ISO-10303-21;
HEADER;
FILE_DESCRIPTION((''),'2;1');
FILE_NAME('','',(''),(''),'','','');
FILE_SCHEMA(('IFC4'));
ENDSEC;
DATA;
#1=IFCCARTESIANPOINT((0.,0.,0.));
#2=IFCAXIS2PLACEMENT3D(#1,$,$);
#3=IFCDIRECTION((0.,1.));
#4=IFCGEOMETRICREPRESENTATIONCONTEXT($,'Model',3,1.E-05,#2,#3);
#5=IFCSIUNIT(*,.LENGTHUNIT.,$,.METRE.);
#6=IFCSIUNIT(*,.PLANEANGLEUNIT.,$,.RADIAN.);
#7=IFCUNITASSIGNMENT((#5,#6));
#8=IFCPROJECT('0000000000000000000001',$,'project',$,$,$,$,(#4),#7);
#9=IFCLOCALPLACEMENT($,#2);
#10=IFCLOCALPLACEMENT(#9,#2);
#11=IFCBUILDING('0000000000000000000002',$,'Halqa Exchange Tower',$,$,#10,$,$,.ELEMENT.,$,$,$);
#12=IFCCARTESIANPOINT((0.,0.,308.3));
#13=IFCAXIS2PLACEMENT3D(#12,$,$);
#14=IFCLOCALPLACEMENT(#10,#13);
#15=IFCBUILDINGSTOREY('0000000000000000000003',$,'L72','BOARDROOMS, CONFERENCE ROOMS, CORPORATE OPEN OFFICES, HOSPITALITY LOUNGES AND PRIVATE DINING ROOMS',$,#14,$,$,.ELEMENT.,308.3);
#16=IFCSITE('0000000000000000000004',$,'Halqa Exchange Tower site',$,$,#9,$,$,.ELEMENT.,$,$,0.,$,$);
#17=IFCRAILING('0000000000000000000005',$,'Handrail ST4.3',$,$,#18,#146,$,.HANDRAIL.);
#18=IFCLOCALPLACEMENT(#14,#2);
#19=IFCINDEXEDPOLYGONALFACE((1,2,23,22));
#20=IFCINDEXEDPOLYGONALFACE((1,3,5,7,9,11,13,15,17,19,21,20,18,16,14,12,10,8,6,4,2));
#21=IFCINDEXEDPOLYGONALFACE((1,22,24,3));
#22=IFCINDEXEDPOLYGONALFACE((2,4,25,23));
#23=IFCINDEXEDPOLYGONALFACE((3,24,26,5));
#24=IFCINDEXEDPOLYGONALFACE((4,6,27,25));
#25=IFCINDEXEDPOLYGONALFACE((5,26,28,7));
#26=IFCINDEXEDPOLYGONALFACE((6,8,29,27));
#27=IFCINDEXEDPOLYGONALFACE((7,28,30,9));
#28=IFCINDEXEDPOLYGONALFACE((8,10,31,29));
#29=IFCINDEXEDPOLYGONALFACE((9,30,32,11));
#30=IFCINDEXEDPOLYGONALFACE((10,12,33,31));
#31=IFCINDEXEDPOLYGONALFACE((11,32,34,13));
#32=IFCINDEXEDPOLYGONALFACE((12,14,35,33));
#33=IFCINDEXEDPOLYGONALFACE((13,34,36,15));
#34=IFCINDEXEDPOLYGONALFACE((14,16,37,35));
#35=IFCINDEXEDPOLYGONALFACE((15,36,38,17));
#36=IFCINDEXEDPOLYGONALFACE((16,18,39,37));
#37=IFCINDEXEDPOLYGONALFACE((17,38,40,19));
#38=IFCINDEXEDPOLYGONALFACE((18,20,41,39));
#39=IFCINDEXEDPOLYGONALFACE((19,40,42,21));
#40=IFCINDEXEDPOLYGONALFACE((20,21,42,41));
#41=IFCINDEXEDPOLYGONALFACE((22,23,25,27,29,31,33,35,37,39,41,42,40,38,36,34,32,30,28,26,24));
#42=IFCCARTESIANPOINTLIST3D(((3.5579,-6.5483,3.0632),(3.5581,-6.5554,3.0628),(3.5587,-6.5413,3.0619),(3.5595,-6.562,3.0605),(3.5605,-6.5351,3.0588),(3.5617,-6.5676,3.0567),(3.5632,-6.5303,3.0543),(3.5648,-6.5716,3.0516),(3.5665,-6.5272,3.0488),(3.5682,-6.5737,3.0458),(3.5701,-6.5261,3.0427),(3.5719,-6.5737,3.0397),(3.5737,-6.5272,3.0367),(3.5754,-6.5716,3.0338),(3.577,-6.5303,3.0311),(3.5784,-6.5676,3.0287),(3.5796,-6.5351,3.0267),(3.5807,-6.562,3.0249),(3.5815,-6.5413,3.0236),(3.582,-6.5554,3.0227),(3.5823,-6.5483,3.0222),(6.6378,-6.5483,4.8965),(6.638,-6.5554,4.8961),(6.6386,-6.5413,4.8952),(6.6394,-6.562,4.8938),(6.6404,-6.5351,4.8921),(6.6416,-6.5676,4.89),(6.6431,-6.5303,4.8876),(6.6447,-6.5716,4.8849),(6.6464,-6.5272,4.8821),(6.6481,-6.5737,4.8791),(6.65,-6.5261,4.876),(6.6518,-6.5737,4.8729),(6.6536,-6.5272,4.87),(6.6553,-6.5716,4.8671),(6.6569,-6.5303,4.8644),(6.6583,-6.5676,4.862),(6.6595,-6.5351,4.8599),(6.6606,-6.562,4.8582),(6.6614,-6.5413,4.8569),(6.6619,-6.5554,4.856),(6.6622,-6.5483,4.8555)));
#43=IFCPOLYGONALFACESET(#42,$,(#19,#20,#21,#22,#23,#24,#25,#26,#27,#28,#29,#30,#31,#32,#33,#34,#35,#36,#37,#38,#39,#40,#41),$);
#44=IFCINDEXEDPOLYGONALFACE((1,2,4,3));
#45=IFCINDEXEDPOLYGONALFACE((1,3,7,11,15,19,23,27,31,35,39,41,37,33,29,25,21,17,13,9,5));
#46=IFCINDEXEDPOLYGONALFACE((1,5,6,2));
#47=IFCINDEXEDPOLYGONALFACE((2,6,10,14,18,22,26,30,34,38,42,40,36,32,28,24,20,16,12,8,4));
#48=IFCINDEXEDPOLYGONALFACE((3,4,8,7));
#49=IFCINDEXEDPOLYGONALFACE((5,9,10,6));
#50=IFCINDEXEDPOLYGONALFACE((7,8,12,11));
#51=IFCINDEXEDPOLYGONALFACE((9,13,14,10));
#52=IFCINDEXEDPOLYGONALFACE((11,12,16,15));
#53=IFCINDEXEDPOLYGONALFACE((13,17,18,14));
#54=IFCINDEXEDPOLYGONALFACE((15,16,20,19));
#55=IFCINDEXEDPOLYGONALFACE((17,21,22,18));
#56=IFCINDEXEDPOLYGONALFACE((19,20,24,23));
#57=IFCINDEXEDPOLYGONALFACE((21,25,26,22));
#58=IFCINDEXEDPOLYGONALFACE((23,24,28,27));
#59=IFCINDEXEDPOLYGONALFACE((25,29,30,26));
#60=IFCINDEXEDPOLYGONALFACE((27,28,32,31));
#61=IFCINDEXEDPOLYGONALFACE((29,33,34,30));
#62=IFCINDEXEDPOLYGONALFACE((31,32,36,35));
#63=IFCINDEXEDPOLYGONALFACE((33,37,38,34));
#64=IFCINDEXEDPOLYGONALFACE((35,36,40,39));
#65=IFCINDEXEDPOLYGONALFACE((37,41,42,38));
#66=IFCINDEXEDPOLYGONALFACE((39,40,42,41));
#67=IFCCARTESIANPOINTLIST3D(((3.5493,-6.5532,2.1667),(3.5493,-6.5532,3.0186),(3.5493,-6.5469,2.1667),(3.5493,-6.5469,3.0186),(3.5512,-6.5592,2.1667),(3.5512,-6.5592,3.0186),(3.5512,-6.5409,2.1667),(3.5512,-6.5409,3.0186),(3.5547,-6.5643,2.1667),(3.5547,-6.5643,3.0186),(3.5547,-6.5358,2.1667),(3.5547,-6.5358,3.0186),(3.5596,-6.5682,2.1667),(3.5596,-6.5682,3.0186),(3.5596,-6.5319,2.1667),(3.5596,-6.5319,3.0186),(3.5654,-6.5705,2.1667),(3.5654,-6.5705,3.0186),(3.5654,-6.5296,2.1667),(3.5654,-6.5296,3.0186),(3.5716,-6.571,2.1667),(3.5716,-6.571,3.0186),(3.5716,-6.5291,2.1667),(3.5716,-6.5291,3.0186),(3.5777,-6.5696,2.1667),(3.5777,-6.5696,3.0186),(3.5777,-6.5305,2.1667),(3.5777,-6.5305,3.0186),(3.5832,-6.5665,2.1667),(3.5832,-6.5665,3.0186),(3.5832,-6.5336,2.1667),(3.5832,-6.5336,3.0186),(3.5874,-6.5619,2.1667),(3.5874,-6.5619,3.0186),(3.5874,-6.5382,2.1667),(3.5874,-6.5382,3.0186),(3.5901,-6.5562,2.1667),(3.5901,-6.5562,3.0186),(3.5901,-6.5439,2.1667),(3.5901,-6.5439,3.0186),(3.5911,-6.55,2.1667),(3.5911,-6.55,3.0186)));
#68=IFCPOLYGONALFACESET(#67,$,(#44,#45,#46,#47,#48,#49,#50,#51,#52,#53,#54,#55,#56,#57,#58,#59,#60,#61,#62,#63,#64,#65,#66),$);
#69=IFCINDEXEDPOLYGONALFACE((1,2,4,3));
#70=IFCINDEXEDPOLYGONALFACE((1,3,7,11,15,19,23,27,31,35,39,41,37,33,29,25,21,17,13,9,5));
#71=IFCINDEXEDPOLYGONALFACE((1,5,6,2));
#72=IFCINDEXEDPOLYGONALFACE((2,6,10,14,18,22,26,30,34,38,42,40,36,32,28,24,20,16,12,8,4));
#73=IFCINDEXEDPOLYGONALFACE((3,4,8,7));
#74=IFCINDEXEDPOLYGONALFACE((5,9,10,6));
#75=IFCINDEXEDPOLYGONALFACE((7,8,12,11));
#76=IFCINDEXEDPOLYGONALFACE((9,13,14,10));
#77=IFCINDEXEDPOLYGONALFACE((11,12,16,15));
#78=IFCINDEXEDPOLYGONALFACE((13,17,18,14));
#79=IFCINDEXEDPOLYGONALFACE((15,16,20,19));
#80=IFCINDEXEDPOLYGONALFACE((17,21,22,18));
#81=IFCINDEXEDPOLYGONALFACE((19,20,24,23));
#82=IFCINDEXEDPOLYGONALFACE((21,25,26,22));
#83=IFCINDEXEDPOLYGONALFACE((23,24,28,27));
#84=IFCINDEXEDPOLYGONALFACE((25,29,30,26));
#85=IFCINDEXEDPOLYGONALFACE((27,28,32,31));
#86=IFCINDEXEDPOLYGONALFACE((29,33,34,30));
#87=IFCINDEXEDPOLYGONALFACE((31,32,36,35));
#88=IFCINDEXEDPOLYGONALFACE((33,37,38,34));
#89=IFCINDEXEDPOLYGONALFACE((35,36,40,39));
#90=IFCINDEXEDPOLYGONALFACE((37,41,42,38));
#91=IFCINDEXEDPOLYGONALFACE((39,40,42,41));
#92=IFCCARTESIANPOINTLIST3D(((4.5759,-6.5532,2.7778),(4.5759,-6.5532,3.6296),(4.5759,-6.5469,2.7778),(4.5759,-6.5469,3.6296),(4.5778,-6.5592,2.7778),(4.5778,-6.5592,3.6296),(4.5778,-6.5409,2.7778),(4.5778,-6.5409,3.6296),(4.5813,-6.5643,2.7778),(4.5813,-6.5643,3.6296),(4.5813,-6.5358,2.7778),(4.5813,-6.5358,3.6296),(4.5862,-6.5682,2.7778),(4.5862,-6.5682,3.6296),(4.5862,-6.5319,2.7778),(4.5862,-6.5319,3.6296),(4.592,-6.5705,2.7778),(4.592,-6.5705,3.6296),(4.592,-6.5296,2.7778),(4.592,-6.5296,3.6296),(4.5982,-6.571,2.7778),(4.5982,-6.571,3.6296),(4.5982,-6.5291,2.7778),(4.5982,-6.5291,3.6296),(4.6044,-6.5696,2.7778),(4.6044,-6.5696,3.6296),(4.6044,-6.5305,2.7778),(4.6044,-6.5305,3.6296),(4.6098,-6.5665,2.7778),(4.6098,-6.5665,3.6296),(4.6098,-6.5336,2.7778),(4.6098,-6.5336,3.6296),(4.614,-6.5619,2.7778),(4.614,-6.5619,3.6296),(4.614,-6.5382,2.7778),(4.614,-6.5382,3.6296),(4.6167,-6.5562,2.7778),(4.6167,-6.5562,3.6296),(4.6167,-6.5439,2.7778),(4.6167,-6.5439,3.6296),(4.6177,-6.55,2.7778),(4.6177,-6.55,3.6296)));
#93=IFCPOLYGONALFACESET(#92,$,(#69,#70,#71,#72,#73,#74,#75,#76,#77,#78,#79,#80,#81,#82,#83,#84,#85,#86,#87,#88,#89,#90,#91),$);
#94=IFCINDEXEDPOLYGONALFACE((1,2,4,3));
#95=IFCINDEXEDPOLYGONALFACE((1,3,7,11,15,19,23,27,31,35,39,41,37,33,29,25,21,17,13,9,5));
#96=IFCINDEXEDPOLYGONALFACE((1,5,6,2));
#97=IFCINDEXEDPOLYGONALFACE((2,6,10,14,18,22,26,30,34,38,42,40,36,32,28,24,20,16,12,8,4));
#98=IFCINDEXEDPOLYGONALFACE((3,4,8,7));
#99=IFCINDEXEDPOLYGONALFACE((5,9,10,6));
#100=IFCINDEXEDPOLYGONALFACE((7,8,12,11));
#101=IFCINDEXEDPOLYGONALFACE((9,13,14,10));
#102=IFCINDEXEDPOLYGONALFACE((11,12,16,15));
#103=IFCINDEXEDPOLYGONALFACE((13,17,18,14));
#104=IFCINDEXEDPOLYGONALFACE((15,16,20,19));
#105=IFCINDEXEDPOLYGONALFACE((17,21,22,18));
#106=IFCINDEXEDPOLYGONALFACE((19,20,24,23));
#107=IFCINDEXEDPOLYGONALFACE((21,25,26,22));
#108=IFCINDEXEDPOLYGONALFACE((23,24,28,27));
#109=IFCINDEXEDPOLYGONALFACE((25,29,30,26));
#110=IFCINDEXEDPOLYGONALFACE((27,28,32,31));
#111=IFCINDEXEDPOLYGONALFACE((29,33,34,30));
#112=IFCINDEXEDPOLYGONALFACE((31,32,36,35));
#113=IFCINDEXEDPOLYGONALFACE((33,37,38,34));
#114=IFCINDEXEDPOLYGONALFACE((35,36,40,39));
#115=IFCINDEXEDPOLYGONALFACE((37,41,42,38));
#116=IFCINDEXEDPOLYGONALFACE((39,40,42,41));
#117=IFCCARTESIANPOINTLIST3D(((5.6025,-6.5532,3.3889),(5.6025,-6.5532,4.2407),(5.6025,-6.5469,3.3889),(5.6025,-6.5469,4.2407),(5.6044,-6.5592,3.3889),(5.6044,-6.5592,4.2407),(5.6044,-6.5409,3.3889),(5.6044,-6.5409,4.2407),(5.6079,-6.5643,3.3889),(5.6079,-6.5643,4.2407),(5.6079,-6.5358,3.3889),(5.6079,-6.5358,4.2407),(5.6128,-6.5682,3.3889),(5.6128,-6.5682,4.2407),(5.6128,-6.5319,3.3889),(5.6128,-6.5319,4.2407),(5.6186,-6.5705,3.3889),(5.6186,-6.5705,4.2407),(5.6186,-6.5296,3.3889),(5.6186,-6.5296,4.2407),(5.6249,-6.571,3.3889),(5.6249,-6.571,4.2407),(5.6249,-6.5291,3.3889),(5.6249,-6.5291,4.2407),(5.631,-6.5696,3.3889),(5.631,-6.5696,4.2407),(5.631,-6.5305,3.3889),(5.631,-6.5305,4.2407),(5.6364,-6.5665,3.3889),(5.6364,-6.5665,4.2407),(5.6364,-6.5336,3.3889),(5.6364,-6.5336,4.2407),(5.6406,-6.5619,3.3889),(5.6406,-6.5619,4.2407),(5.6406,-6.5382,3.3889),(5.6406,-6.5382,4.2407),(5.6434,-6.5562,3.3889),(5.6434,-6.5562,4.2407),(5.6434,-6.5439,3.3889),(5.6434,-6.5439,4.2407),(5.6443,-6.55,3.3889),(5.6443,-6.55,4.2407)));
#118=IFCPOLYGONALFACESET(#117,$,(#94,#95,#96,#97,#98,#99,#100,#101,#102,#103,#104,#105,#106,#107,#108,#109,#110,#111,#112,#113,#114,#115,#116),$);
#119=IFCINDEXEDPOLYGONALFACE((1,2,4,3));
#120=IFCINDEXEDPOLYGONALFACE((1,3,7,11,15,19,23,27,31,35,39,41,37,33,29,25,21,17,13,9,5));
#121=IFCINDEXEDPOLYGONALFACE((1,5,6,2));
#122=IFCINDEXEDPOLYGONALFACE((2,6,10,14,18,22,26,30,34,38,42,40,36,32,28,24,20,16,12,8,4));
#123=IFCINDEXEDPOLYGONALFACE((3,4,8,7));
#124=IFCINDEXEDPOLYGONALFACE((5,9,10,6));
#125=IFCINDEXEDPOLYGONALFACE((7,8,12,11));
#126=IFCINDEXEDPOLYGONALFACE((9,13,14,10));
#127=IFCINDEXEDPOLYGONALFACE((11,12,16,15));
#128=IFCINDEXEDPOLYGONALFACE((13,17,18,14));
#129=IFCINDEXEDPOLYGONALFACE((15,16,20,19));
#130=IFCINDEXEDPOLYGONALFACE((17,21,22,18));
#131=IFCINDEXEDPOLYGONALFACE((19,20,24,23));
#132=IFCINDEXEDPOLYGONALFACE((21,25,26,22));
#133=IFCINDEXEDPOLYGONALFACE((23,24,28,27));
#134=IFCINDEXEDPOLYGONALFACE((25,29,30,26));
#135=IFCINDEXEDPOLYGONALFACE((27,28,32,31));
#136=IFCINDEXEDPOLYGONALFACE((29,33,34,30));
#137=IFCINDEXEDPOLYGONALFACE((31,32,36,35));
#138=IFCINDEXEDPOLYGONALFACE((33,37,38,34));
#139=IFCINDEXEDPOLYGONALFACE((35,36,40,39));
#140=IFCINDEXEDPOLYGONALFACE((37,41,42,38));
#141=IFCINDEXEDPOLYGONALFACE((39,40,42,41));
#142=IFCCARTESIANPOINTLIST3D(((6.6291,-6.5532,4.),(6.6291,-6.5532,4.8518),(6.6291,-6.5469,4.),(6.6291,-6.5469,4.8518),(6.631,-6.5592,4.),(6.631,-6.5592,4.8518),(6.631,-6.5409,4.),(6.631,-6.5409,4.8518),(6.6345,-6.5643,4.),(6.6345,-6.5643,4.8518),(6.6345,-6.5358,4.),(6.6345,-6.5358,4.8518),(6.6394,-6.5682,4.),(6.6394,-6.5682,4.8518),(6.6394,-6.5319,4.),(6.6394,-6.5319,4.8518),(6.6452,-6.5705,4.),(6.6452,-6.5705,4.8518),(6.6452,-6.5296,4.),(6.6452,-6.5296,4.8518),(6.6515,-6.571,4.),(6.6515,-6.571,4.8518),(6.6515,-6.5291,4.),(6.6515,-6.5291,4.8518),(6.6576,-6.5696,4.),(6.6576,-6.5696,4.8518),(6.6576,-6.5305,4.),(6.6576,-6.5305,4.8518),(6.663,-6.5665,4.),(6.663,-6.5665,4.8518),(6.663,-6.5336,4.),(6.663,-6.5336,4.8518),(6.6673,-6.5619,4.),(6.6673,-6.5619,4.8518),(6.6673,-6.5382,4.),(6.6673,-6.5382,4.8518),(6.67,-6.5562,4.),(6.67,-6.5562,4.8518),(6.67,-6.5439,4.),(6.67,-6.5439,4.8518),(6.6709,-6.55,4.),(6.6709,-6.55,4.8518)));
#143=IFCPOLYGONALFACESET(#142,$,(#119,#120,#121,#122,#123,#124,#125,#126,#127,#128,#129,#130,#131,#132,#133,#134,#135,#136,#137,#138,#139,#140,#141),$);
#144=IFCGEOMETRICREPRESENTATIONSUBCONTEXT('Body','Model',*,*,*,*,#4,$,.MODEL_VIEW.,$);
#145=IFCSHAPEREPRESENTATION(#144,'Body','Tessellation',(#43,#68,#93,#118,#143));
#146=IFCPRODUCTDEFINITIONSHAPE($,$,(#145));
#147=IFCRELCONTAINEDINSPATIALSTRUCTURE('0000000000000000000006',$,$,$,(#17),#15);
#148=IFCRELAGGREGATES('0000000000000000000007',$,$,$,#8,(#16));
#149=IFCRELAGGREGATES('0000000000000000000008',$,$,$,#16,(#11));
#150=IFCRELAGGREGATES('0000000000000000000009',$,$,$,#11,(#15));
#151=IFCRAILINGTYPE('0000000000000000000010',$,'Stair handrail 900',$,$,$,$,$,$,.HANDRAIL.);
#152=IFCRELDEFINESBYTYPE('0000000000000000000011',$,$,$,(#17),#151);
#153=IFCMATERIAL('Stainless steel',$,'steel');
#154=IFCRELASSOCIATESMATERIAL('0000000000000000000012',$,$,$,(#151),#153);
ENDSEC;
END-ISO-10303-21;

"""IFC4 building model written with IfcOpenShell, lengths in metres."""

from ifc_helpers import new_model, si_unit, direction, frame, origin, origin_2d, place, context, subcontext, project, spatial, circle, extrude, material, type_object, element, save


model = new_model("IFC4")

# Units and contexts
model_context = context("Model", 3, precision=1e-05, world=origin(), true_north=direction((0.0, 1.0)))
body_context = subcontext(model_context, "Body", "Model", "MODEL_VIEW")
ifc_project = project(units=[si_unit("LENGTHUNIT", "METRE"), si_unit("PLANEANGLEUNIT", "RADIAN")], contexts=[model_context])

# Site, building, storey
site_placement = place(None, origin())
site = spatial("IfcSite", under=ifc_project, at=site_placement, Name="Halqa Exchange Tower site", CompositionType="ELEMENT", RefElevation=0.0)
building_placement = place(site_placement, origin())
building = spatial("IfcBuilding", under=site, at=building_placement, Name="Halqa Exchange Tower", CompositionType="ELEMENT")
storey_placement = place(building_placement, frame((0.0, 0.0, 308.3)))
storey = spatial("IfcBuildingStorey", under=building, at=storey_placement, Name="L72", Description="BOARDROOMS, CONFERENCE ROOMS, CORPORATE OPEN OFFICES, HOSPITALITY LOUNGES AND PRIVATE DINING ROOMS", CompositionType="ELEMENT", Elevation=308.3)

# Railing
ifc_material_1 = material(Name="Stainless steel", Category="steel")
railing_type_1 = type_object("IfcRailingType", Name="Stair handrail 900", PredefinedType="HANDRAIL", material=ifc_material_1)
railing_1_placement = place(storey_placement, frame((3.5701, -6.55, 2.1667)))
element("IfcRailing", 1, at=railing_1_placement, inside=storey, type_object=railing_type_1, Name="Handrail ST4.3", PredefinedType="HANDRAIL", context=body_context, shape_type="SweptSolid", body=[
    extrude(circle(Radius=0.0239, at=origin_2d()), frame((0.0, 0.0, 0.876), z_axis=(0.859291, 0.0, 0.511487), x_axis=(0.0, 1.0, 0.0)), (0.0, 0.0, 1.0), 3.5842),
    extrude(circle(Radius=0.021, at=origin_2d()), origin(), (0.0, 0.0, 1.0), 0.8518),
    extrude(circle(Radius=0.021, at=origin_2d()), frame((1.0266, 0.0, 0.6111)), (0.0, 0.0, 1.0), 0.8518),
    extrude(circle(Radius=0.021, at=origin_2d()), frame((2.0532, 0.0, 1.2222)), (0.0, 0.0, 1.0), 0.8518),
    extrude(circle(Radius=0.021, at=origin_2d()), frame((3.0798, 0.0, 1.8333)), (0.0, 0.0, 1.0), 0.8518),
])

save(model, "model.ifc")
